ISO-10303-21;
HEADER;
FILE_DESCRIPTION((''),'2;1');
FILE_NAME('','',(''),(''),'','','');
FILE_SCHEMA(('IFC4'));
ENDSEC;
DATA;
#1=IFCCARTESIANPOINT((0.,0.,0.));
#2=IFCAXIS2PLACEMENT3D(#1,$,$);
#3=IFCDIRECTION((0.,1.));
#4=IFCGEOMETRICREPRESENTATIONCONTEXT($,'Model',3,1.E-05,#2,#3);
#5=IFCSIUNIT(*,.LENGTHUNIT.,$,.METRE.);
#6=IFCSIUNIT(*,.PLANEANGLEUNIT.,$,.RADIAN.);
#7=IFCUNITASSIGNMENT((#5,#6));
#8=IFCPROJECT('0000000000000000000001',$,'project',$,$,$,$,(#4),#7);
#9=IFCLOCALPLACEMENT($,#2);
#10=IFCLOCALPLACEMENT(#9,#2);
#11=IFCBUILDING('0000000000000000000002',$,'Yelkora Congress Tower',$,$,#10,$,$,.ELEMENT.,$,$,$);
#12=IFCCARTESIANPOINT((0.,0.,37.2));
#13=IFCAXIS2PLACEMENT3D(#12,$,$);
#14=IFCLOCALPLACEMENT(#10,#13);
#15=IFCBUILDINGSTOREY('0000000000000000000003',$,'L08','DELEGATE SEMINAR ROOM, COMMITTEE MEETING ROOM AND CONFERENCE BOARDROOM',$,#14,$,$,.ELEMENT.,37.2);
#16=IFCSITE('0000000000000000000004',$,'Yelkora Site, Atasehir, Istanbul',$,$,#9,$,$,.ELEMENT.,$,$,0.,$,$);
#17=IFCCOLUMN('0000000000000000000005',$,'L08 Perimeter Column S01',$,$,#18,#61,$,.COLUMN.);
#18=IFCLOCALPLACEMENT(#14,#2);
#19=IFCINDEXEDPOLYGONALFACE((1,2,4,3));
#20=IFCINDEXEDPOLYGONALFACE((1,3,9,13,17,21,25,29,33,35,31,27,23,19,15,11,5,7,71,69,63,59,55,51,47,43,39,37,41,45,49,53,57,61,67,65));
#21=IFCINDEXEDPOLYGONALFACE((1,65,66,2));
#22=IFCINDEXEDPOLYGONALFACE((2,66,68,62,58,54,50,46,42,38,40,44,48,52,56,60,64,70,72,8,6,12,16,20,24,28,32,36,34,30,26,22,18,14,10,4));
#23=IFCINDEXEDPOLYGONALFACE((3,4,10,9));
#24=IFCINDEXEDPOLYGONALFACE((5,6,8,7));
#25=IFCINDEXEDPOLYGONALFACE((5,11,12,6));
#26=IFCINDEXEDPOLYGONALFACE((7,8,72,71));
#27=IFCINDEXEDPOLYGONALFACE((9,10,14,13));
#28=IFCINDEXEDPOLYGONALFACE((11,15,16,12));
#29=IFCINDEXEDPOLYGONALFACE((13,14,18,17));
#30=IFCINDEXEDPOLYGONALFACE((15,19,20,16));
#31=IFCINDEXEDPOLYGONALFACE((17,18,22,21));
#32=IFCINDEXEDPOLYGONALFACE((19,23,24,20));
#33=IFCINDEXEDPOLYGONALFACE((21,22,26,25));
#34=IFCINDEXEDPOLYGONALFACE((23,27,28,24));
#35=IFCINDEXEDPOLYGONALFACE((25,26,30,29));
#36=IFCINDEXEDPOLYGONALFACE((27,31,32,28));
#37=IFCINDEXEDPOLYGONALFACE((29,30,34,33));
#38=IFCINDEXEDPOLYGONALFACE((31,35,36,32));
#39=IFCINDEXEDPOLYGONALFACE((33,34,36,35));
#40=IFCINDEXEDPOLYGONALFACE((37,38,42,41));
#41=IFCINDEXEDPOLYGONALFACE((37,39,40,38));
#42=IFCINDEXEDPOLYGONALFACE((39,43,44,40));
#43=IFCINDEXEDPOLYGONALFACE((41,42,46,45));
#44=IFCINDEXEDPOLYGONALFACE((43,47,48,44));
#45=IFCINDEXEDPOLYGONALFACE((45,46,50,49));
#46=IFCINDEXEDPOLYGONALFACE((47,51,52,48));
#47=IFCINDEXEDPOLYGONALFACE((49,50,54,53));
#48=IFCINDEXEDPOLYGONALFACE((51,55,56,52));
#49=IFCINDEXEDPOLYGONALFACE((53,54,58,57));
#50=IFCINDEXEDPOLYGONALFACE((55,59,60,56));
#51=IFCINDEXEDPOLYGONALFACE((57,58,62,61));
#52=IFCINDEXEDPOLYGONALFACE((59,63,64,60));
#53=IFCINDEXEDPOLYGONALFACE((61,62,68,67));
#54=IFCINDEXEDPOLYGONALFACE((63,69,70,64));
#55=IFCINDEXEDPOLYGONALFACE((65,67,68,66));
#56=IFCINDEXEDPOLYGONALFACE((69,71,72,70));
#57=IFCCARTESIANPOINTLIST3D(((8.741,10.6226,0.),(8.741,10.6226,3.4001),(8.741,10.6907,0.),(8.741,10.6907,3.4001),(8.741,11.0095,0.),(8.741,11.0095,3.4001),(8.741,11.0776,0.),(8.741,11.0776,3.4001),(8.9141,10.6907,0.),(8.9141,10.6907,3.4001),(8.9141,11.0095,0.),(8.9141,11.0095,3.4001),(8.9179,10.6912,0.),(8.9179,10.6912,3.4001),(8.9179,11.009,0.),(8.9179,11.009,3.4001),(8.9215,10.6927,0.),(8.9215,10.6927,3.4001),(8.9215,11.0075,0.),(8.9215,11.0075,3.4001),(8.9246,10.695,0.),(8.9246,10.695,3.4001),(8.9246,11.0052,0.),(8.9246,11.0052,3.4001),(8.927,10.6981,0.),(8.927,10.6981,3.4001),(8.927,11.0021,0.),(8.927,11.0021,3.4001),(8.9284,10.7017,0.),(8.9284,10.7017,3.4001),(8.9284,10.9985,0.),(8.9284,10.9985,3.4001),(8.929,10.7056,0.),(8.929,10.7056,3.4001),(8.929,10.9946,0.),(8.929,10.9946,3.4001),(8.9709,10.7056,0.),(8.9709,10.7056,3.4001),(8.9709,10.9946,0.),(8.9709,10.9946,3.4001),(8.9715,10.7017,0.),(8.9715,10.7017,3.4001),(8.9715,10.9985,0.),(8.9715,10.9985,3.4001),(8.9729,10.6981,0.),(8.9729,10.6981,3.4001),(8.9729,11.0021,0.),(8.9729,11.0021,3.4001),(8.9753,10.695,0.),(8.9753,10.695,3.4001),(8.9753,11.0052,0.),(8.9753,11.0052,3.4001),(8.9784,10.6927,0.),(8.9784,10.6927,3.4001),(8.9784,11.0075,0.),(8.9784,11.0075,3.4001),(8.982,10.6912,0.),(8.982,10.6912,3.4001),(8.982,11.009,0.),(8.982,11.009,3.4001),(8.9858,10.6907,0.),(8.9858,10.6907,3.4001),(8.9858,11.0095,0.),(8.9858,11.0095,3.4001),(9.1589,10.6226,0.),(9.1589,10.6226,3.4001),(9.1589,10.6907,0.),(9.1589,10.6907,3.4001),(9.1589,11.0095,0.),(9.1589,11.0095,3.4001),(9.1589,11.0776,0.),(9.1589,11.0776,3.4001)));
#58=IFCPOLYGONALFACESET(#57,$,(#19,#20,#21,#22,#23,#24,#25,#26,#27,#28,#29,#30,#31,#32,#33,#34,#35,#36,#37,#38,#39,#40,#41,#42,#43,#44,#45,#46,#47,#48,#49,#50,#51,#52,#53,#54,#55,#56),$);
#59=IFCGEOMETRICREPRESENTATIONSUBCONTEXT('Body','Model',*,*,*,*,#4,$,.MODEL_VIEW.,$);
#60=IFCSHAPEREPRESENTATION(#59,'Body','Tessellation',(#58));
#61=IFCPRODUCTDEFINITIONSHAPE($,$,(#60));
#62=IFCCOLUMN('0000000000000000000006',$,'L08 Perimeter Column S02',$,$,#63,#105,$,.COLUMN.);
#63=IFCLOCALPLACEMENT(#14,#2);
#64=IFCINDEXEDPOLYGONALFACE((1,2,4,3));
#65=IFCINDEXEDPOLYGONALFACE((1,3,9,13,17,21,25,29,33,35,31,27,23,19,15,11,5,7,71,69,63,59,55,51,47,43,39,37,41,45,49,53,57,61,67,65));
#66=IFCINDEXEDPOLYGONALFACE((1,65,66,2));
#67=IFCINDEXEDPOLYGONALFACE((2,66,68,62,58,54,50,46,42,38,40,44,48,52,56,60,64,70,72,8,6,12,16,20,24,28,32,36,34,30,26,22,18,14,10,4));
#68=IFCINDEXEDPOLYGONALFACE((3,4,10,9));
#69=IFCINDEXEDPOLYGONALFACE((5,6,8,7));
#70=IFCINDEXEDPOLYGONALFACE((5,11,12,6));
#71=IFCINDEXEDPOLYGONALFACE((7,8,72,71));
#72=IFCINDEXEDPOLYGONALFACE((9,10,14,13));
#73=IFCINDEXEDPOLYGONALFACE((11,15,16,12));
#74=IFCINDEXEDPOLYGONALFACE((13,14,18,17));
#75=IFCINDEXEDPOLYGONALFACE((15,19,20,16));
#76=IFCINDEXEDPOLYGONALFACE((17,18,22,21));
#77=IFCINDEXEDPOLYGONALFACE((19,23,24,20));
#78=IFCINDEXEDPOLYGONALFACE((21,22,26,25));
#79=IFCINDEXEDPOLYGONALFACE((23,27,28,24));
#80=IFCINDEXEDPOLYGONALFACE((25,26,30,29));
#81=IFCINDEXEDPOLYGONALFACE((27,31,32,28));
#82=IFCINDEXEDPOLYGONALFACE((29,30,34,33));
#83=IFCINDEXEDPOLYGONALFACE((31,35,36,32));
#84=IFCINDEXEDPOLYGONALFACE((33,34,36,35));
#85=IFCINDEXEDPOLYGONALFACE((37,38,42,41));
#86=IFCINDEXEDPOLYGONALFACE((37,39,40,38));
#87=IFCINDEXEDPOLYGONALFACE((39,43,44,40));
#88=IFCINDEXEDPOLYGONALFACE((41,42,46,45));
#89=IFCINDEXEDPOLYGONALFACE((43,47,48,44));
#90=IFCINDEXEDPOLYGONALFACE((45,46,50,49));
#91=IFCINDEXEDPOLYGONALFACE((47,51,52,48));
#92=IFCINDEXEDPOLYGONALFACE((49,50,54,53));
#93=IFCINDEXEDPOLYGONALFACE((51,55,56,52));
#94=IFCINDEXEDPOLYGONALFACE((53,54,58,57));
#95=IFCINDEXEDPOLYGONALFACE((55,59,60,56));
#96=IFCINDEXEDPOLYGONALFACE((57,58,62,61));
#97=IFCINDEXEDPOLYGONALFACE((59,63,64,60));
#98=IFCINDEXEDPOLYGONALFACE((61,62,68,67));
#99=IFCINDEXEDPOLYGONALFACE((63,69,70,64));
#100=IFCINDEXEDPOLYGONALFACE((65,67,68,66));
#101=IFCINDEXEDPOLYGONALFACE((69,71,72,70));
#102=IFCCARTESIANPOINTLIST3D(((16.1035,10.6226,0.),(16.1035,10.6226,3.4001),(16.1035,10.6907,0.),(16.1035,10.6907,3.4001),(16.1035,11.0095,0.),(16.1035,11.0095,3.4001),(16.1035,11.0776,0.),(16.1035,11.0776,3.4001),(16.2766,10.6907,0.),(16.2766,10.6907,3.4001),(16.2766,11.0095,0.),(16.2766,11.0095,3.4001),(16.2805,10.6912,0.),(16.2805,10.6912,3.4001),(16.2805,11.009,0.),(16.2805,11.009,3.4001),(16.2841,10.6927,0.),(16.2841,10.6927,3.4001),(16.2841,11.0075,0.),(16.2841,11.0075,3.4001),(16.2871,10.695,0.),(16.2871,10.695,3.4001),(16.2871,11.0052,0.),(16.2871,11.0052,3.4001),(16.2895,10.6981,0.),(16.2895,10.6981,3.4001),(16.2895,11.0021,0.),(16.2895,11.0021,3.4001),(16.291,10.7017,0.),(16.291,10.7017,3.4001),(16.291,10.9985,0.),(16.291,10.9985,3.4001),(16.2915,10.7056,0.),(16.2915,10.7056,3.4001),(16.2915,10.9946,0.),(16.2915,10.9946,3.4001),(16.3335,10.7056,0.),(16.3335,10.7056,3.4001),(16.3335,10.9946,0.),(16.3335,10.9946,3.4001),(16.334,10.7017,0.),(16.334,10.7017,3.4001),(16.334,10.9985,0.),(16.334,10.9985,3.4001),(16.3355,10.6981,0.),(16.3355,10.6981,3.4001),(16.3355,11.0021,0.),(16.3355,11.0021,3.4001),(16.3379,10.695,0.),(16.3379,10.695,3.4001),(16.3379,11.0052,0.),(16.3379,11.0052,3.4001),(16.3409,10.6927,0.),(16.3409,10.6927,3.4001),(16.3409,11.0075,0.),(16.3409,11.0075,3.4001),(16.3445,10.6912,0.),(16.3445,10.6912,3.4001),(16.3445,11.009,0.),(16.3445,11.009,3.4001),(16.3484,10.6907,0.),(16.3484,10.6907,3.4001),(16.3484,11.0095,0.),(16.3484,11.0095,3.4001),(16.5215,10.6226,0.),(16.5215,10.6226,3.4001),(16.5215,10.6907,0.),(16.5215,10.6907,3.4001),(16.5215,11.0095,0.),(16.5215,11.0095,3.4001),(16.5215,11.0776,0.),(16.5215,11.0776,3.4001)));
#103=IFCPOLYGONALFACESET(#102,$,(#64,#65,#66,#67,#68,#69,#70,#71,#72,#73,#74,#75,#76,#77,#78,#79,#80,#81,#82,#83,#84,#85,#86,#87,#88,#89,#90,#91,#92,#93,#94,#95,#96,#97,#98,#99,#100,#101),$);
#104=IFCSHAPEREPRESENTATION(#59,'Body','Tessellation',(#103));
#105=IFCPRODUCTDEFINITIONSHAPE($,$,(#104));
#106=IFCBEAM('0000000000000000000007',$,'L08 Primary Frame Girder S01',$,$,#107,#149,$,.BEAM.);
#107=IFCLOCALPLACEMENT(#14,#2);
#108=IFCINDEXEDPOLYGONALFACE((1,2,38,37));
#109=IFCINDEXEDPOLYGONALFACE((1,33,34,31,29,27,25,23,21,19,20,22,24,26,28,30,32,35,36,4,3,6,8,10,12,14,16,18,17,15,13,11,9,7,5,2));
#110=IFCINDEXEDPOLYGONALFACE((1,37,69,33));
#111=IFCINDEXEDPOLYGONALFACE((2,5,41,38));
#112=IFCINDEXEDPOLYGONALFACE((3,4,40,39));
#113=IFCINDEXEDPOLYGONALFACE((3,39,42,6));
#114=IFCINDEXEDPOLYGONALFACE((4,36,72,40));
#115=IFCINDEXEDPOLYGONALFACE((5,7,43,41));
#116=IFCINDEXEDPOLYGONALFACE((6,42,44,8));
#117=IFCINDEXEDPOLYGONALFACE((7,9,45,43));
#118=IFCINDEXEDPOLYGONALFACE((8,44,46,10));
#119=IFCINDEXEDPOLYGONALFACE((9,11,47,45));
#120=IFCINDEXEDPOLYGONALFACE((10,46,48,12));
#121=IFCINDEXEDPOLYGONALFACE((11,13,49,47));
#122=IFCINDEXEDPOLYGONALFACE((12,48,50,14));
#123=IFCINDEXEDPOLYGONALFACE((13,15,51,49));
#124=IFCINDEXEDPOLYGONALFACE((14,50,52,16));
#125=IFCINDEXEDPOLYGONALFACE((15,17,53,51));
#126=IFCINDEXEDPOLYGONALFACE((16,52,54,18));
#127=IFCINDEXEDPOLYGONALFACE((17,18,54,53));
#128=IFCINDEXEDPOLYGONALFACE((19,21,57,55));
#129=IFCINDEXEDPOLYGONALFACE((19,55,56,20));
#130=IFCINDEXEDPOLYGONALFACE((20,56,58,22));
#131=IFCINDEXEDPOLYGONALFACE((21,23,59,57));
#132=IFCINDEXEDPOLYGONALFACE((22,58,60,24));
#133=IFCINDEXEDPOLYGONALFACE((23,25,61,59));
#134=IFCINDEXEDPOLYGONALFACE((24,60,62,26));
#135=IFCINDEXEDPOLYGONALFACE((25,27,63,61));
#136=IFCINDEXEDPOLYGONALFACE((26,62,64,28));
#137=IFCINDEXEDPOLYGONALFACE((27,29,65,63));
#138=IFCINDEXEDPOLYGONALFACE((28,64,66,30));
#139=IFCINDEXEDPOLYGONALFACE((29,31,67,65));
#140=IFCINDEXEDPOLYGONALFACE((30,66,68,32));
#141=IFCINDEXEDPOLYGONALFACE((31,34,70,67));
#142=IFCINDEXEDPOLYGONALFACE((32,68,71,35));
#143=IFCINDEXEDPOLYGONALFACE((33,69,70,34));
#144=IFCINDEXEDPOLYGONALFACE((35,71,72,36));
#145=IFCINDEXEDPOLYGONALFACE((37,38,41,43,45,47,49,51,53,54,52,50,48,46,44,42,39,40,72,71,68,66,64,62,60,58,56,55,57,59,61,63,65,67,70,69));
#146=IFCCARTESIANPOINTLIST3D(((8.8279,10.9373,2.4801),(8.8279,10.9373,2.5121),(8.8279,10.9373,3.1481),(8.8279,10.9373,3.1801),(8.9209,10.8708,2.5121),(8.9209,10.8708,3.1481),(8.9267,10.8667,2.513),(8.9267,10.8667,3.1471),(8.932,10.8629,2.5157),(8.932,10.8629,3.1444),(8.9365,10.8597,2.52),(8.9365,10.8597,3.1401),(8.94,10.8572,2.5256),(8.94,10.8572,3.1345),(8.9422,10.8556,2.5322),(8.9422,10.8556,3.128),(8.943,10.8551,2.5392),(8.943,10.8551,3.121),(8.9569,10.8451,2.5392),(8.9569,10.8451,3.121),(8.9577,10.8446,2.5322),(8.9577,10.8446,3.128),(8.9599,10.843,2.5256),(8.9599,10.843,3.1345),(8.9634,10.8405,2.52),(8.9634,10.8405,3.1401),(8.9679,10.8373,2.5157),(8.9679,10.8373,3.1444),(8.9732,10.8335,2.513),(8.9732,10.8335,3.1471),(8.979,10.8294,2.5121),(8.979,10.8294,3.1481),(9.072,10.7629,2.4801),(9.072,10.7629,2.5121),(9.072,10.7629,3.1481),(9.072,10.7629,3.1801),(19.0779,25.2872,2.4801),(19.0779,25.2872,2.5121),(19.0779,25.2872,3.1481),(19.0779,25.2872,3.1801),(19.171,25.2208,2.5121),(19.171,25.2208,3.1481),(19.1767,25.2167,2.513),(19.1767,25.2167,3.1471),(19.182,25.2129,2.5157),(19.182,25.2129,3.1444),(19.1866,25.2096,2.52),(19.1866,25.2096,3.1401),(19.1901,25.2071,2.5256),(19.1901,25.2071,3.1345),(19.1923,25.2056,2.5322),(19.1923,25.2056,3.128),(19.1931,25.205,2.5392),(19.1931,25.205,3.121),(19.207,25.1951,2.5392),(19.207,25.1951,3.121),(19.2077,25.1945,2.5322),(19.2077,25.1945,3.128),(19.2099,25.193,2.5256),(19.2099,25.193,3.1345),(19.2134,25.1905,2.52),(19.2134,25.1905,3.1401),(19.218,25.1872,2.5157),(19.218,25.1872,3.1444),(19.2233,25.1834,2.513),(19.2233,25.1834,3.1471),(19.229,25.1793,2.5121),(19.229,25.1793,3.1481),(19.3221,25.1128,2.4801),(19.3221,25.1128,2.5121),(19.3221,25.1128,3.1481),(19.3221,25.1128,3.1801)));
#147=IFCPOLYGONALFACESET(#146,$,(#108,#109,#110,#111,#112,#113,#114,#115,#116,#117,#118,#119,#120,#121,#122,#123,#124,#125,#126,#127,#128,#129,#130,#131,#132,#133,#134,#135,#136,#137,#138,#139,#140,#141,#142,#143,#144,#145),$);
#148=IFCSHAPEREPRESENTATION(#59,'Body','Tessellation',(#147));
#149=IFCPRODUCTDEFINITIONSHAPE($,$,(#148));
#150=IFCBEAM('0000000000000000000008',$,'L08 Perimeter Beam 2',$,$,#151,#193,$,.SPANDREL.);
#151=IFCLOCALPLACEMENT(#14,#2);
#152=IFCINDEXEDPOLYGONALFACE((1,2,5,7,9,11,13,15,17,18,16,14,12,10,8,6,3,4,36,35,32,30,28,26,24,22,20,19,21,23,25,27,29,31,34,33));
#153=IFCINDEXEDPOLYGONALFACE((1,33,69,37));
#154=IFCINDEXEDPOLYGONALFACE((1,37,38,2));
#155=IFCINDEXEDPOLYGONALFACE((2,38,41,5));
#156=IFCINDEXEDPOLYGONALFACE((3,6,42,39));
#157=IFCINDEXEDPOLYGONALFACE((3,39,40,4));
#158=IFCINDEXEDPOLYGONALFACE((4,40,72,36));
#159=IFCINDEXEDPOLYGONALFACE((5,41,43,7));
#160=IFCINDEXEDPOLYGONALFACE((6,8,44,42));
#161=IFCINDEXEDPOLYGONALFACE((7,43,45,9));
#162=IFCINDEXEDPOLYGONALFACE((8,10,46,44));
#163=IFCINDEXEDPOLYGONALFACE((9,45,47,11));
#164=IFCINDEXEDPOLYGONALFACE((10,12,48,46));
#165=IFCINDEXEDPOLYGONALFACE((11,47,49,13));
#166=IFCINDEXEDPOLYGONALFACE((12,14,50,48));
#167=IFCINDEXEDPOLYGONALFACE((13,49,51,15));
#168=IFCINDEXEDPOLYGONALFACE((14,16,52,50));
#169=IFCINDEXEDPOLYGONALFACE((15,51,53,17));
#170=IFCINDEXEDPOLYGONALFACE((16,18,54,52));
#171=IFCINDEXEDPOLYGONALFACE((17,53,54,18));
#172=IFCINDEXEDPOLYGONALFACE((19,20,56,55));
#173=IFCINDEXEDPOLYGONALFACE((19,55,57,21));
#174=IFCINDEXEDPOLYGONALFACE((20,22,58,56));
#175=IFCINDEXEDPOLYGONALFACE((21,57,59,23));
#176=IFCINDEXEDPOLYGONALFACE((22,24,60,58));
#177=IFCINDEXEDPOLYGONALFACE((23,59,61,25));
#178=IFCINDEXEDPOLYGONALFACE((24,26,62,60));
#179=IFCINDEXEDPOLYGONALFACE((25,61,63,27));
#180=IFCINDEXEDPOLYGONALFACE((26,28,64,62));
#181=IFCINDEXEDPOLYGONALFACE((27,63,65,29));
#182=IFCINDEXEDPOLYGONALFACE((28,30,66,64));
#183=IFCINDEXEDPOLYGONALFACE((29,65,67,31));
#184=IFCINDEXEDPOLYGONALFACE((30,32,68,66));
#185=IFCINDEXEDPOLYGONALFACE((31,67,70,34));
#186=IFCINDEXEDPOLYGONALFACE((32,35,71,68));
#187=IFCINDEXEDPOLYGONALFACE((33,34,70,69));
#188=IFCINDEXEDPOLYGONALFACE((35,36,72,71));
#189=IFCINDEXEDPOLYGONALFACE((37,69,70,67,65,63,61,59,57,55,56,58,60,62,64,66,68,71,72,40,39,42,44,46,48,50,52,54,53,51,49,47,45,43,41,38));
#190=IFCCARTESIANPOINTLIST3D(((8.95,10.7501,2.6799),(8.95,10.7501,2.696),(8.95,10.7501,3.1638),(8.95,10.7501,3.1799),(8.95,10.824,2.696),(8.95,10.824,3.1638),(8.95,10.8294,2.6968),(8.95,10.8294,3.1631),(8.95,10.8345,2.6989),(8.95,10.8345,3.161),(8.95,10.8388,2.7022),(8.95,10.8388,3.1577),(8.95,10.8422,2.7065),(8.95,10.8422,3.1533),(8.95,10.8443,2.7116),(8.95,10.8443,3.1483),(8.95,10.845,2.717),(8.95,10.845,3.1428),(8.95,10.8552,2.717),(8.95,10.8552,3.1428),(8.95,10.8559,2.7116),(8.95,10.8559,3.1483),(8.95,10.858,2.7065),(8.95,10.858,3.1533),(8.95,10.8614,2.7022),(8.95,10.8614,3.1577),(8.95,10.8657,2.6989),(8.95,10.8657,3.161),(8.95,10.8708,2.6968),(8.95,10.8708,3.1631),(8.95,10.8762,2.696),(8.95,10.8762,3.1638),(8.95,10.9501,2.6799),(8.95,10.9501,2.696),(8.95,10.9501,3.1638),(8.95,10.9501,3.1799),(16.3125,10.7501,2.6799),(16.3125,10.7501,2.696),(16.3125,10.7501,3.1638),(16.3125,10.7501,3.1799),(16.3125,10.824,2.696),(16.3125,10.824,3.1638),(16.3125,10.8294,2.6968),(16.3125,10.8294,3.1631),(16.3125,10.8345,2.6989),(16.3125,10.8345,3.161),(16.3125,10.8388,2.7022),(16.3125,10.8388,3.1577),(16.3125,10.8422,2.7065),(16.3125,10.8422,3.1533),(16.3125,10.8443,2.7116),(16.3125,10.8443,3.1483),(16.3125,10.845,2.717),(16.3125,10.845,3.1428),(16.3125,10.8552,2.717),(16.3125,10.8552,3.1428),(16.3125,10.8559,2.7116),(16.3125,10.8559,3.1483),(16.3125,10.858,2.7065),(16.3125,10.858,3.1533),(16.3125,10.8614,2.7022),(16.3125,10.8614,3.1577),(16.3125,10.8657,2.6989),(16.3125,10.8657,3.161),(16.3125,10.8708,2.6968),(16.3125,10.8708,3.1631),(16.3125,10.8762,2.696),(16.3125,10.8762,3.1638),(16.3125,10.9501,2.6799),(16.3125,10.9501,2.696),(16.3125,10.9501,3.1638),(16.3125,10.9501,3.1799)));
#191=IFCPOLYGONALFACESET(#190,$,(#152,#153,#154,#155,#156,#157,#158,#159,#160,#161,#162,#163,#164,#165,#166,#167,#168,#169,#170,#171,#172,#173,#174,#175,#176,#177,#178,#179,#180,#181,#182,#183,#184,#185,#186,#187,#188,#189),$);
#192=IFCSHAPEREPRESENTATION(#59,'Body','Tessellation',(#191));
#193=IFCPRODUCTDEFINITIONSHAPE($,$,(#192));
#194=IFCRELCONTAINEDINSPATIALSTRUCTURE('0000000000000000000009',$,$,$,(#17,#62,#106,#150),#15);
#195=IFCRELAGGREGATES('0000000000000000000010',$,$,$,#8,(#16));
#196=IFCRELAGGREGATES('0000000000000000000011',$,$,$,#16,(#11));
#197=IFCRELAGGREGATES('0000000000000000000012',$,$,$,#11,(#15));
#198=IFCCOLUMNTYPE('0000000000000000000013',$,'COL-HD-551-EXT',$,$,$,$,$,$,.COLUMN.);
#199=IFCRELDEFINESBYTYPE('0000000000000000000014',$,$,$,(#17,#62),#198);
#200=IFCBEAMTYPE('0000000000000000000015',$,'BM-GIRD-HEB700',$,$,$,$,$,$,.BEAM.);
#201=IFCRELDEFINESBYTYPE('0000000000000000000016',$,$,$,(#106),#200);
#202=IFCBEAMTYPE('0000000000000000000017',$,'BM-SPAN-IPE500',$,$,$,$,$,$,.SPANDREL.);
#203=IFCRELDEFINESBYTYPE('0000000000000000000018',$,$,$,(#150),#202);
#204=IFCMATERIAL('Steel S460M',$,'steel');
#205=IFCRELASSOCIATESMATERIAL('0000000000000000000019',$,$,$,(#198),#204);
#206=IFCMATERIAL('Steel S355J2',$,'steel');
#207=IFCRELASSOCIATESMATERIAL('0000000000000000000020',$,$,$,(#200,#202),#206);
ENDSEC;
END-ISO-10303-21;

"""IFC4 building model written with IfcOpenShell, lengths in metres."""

from ifc_helpers import new_model, si_unit, direction, frame, origin, origin_2d, place, context, subcontext, project, spatial, i_section, extrude, material, material_profile, profile_set, type_object, element, save


model = new_model("IFC4")

# Units and contexts
model_context = context("Model", 3, precision=1e-05, world=origin(), true_north=direction((0.0, 1.0)))
body_context = subcontext(model_context, "Body", "Model", "MODEL_VIEW")
ifc_project = project(units=[si_unit("LENGTHUNIT", "METRE"), si_unit("PLANEANGLEUNIT", "RADIAN")], contexts=[model_context])

# Site, building, storey
site_placement = place(None, origin())
site = spatial("IfcSite", under=ifc_project, at=site_placement, Name="Yelkora Site, Atasehir, Istanbul", CompositionType="ELEMENT", RefElevation=0.0)
building_placement = place(site_placement, origin())
building = spatial("IfcBuilding", under=site, at=building_placement, Name="Yelkora Congress Tower", CompositionType="ELEMENT")
storey_placement = place(building_placement, frame((0.0, 0.0, 37.2)))
storey = spatial("IfcBuildingStorey", under=building, at=storey_placement, Name="L08", Description="DELEGATE SEMINAR ROOM, COMMITTEE MEETING ROOM AND CONFERENCE BOARDROOM", CompositionType="ELEMENT", Elevation=37.2)

# Columns
ifc_material_1 = material(Name="Steel S460M", Category="steel")
ifc_material_profile_1 = material_profile(ifc_material_1, i_section(OverallWidth=0.418, OverallDepth=0.4551, WebThickness=0.042, FlangeThickness=0.0681, FilletRadius=0.0149, at=origin_2d()), Name="HD 400x551")
ifc_profile_set_1 = profile_set([ifc_material_profile_1], Name="Steel S460M")
column_type = type_object("IfcColumnType", Name="COL-HD-551-EXT", PredefinedType="COLUMN", material=ifc_profile_set_1)
for number, where, z_axis, x_axis, name in (
    (1, (8.95, 10.8501, 0.0), (0.0, 0.0, 1.0), (1.0, 0.0, 0.0), "L08 Perimeter Column S01"),
    (2, (16.3125, 10.8501, 0.0), (0.0, 0.0, 1.0), (1.0, 0.0, 0.0), "L08 Perimeter Column S02"),
):
    element("IfcColumn", number, at=place(storey_placement, frame(where, z_axis=z_axis, x_axis=x_axis)), inside=storey, type_object=column_type, Name=name, PredefinedType="COLUMN", context=body_context, shape_type="SweptSolid", body=[
        extrude(i_section(OverallWidth=0.418, OverallDepth=0.4551, WebThickness=0.042, FlangeThickness=0.0681, FilletRadius=0.0149, at=origin_2d()), origin(), (0.0, 0.0, 1.0), 3.4001),
    ])

# Beams
ifc_material_2 = material(Name="Steel S355J2", Category="steel")
ifc_material_profile_2 = material_profile(ifc_material_2, i_section(OverallWidth=0.3, OverallDepth=0.7, WebThickness=0.0171, FlangeThickness=0.032, FilletRadius=0.0271, at=origin_2d()), Name="HEB 700")
ifc_profile_set_2 = profile_set([ifc_material_profile_2], Name="Steel S355J2")
beam_type_1 = type_object("IfcBeamType", Name="BM-GIRD-HEB700", PredefinedType="BEAM", material=ifc_profile_set_2)
beam_1_placement = place(storey_placement, frame((8.95, 10.8501, 2.8301), z_axis=(0.581242, 0.813731, 0.0), x_axis=(-0.813731, 0.581242, 0.0)))
element("IfcBeam", 3, at=beam_1_placement, inside=storey, type_object=beam_type_1, Name="L08 Primary Frame Girder S01", PredefinedType="BEAM", context=body_context, shape_type="SweptSolid", body=[
    extrude(i_section(OverallWidth=0.3, OverallDepth=0.7, WebThickness=0.0171, FlangeThickness=0.032, FilletRadius=0.0271, at=origin_2d()), origin(), (0.0, 0.0, 1.0), 17.6348),
])
ifc_material_profile_3 = material_profile(ifc_material_2, i_section(OverallWidth=0.2, OverallDepth=0.5, WebThickness=0.0103, FlangeThickness=0.0161, FilletRadius=0.021, at=origin_2d()), Name="IPE 500")
ifc_profile_set_3 = profile_set([ifc_material_profile_3], Name="Steel S355J2")
beam_type_2 = type_object("IfcBeamType", Name="BM-SPAN-IPE500", PredefinedType="SPANDREL", material=ifc_profile_set_3)
beam_2_placement = place(storey_placement, frame((8.95, 10.8501, 2.9299), z_axis=(1.0, 0.0, 0.0), x_axis=(0.0, 1.0, 0.0)))
element("IfcBeam", 4, at=beam_2_placement, inside=storey, type_object=beam_type_2, Name="L08 Perimeter Beam 2", PredefinedType="SPANDREL", context=body_context, shape_type="SweptSolid", body=[
    extrude(i_section(OverallWidth=0.2, OverallDepth=0.5, WebThickness=0.0103, FlangeThickness=0.0161, FilletRadius=0.021, at=origin_2d()), origin(), (0.0, 0.0, 1.0), 7.3625),
])

save(model, "model.ifc")
